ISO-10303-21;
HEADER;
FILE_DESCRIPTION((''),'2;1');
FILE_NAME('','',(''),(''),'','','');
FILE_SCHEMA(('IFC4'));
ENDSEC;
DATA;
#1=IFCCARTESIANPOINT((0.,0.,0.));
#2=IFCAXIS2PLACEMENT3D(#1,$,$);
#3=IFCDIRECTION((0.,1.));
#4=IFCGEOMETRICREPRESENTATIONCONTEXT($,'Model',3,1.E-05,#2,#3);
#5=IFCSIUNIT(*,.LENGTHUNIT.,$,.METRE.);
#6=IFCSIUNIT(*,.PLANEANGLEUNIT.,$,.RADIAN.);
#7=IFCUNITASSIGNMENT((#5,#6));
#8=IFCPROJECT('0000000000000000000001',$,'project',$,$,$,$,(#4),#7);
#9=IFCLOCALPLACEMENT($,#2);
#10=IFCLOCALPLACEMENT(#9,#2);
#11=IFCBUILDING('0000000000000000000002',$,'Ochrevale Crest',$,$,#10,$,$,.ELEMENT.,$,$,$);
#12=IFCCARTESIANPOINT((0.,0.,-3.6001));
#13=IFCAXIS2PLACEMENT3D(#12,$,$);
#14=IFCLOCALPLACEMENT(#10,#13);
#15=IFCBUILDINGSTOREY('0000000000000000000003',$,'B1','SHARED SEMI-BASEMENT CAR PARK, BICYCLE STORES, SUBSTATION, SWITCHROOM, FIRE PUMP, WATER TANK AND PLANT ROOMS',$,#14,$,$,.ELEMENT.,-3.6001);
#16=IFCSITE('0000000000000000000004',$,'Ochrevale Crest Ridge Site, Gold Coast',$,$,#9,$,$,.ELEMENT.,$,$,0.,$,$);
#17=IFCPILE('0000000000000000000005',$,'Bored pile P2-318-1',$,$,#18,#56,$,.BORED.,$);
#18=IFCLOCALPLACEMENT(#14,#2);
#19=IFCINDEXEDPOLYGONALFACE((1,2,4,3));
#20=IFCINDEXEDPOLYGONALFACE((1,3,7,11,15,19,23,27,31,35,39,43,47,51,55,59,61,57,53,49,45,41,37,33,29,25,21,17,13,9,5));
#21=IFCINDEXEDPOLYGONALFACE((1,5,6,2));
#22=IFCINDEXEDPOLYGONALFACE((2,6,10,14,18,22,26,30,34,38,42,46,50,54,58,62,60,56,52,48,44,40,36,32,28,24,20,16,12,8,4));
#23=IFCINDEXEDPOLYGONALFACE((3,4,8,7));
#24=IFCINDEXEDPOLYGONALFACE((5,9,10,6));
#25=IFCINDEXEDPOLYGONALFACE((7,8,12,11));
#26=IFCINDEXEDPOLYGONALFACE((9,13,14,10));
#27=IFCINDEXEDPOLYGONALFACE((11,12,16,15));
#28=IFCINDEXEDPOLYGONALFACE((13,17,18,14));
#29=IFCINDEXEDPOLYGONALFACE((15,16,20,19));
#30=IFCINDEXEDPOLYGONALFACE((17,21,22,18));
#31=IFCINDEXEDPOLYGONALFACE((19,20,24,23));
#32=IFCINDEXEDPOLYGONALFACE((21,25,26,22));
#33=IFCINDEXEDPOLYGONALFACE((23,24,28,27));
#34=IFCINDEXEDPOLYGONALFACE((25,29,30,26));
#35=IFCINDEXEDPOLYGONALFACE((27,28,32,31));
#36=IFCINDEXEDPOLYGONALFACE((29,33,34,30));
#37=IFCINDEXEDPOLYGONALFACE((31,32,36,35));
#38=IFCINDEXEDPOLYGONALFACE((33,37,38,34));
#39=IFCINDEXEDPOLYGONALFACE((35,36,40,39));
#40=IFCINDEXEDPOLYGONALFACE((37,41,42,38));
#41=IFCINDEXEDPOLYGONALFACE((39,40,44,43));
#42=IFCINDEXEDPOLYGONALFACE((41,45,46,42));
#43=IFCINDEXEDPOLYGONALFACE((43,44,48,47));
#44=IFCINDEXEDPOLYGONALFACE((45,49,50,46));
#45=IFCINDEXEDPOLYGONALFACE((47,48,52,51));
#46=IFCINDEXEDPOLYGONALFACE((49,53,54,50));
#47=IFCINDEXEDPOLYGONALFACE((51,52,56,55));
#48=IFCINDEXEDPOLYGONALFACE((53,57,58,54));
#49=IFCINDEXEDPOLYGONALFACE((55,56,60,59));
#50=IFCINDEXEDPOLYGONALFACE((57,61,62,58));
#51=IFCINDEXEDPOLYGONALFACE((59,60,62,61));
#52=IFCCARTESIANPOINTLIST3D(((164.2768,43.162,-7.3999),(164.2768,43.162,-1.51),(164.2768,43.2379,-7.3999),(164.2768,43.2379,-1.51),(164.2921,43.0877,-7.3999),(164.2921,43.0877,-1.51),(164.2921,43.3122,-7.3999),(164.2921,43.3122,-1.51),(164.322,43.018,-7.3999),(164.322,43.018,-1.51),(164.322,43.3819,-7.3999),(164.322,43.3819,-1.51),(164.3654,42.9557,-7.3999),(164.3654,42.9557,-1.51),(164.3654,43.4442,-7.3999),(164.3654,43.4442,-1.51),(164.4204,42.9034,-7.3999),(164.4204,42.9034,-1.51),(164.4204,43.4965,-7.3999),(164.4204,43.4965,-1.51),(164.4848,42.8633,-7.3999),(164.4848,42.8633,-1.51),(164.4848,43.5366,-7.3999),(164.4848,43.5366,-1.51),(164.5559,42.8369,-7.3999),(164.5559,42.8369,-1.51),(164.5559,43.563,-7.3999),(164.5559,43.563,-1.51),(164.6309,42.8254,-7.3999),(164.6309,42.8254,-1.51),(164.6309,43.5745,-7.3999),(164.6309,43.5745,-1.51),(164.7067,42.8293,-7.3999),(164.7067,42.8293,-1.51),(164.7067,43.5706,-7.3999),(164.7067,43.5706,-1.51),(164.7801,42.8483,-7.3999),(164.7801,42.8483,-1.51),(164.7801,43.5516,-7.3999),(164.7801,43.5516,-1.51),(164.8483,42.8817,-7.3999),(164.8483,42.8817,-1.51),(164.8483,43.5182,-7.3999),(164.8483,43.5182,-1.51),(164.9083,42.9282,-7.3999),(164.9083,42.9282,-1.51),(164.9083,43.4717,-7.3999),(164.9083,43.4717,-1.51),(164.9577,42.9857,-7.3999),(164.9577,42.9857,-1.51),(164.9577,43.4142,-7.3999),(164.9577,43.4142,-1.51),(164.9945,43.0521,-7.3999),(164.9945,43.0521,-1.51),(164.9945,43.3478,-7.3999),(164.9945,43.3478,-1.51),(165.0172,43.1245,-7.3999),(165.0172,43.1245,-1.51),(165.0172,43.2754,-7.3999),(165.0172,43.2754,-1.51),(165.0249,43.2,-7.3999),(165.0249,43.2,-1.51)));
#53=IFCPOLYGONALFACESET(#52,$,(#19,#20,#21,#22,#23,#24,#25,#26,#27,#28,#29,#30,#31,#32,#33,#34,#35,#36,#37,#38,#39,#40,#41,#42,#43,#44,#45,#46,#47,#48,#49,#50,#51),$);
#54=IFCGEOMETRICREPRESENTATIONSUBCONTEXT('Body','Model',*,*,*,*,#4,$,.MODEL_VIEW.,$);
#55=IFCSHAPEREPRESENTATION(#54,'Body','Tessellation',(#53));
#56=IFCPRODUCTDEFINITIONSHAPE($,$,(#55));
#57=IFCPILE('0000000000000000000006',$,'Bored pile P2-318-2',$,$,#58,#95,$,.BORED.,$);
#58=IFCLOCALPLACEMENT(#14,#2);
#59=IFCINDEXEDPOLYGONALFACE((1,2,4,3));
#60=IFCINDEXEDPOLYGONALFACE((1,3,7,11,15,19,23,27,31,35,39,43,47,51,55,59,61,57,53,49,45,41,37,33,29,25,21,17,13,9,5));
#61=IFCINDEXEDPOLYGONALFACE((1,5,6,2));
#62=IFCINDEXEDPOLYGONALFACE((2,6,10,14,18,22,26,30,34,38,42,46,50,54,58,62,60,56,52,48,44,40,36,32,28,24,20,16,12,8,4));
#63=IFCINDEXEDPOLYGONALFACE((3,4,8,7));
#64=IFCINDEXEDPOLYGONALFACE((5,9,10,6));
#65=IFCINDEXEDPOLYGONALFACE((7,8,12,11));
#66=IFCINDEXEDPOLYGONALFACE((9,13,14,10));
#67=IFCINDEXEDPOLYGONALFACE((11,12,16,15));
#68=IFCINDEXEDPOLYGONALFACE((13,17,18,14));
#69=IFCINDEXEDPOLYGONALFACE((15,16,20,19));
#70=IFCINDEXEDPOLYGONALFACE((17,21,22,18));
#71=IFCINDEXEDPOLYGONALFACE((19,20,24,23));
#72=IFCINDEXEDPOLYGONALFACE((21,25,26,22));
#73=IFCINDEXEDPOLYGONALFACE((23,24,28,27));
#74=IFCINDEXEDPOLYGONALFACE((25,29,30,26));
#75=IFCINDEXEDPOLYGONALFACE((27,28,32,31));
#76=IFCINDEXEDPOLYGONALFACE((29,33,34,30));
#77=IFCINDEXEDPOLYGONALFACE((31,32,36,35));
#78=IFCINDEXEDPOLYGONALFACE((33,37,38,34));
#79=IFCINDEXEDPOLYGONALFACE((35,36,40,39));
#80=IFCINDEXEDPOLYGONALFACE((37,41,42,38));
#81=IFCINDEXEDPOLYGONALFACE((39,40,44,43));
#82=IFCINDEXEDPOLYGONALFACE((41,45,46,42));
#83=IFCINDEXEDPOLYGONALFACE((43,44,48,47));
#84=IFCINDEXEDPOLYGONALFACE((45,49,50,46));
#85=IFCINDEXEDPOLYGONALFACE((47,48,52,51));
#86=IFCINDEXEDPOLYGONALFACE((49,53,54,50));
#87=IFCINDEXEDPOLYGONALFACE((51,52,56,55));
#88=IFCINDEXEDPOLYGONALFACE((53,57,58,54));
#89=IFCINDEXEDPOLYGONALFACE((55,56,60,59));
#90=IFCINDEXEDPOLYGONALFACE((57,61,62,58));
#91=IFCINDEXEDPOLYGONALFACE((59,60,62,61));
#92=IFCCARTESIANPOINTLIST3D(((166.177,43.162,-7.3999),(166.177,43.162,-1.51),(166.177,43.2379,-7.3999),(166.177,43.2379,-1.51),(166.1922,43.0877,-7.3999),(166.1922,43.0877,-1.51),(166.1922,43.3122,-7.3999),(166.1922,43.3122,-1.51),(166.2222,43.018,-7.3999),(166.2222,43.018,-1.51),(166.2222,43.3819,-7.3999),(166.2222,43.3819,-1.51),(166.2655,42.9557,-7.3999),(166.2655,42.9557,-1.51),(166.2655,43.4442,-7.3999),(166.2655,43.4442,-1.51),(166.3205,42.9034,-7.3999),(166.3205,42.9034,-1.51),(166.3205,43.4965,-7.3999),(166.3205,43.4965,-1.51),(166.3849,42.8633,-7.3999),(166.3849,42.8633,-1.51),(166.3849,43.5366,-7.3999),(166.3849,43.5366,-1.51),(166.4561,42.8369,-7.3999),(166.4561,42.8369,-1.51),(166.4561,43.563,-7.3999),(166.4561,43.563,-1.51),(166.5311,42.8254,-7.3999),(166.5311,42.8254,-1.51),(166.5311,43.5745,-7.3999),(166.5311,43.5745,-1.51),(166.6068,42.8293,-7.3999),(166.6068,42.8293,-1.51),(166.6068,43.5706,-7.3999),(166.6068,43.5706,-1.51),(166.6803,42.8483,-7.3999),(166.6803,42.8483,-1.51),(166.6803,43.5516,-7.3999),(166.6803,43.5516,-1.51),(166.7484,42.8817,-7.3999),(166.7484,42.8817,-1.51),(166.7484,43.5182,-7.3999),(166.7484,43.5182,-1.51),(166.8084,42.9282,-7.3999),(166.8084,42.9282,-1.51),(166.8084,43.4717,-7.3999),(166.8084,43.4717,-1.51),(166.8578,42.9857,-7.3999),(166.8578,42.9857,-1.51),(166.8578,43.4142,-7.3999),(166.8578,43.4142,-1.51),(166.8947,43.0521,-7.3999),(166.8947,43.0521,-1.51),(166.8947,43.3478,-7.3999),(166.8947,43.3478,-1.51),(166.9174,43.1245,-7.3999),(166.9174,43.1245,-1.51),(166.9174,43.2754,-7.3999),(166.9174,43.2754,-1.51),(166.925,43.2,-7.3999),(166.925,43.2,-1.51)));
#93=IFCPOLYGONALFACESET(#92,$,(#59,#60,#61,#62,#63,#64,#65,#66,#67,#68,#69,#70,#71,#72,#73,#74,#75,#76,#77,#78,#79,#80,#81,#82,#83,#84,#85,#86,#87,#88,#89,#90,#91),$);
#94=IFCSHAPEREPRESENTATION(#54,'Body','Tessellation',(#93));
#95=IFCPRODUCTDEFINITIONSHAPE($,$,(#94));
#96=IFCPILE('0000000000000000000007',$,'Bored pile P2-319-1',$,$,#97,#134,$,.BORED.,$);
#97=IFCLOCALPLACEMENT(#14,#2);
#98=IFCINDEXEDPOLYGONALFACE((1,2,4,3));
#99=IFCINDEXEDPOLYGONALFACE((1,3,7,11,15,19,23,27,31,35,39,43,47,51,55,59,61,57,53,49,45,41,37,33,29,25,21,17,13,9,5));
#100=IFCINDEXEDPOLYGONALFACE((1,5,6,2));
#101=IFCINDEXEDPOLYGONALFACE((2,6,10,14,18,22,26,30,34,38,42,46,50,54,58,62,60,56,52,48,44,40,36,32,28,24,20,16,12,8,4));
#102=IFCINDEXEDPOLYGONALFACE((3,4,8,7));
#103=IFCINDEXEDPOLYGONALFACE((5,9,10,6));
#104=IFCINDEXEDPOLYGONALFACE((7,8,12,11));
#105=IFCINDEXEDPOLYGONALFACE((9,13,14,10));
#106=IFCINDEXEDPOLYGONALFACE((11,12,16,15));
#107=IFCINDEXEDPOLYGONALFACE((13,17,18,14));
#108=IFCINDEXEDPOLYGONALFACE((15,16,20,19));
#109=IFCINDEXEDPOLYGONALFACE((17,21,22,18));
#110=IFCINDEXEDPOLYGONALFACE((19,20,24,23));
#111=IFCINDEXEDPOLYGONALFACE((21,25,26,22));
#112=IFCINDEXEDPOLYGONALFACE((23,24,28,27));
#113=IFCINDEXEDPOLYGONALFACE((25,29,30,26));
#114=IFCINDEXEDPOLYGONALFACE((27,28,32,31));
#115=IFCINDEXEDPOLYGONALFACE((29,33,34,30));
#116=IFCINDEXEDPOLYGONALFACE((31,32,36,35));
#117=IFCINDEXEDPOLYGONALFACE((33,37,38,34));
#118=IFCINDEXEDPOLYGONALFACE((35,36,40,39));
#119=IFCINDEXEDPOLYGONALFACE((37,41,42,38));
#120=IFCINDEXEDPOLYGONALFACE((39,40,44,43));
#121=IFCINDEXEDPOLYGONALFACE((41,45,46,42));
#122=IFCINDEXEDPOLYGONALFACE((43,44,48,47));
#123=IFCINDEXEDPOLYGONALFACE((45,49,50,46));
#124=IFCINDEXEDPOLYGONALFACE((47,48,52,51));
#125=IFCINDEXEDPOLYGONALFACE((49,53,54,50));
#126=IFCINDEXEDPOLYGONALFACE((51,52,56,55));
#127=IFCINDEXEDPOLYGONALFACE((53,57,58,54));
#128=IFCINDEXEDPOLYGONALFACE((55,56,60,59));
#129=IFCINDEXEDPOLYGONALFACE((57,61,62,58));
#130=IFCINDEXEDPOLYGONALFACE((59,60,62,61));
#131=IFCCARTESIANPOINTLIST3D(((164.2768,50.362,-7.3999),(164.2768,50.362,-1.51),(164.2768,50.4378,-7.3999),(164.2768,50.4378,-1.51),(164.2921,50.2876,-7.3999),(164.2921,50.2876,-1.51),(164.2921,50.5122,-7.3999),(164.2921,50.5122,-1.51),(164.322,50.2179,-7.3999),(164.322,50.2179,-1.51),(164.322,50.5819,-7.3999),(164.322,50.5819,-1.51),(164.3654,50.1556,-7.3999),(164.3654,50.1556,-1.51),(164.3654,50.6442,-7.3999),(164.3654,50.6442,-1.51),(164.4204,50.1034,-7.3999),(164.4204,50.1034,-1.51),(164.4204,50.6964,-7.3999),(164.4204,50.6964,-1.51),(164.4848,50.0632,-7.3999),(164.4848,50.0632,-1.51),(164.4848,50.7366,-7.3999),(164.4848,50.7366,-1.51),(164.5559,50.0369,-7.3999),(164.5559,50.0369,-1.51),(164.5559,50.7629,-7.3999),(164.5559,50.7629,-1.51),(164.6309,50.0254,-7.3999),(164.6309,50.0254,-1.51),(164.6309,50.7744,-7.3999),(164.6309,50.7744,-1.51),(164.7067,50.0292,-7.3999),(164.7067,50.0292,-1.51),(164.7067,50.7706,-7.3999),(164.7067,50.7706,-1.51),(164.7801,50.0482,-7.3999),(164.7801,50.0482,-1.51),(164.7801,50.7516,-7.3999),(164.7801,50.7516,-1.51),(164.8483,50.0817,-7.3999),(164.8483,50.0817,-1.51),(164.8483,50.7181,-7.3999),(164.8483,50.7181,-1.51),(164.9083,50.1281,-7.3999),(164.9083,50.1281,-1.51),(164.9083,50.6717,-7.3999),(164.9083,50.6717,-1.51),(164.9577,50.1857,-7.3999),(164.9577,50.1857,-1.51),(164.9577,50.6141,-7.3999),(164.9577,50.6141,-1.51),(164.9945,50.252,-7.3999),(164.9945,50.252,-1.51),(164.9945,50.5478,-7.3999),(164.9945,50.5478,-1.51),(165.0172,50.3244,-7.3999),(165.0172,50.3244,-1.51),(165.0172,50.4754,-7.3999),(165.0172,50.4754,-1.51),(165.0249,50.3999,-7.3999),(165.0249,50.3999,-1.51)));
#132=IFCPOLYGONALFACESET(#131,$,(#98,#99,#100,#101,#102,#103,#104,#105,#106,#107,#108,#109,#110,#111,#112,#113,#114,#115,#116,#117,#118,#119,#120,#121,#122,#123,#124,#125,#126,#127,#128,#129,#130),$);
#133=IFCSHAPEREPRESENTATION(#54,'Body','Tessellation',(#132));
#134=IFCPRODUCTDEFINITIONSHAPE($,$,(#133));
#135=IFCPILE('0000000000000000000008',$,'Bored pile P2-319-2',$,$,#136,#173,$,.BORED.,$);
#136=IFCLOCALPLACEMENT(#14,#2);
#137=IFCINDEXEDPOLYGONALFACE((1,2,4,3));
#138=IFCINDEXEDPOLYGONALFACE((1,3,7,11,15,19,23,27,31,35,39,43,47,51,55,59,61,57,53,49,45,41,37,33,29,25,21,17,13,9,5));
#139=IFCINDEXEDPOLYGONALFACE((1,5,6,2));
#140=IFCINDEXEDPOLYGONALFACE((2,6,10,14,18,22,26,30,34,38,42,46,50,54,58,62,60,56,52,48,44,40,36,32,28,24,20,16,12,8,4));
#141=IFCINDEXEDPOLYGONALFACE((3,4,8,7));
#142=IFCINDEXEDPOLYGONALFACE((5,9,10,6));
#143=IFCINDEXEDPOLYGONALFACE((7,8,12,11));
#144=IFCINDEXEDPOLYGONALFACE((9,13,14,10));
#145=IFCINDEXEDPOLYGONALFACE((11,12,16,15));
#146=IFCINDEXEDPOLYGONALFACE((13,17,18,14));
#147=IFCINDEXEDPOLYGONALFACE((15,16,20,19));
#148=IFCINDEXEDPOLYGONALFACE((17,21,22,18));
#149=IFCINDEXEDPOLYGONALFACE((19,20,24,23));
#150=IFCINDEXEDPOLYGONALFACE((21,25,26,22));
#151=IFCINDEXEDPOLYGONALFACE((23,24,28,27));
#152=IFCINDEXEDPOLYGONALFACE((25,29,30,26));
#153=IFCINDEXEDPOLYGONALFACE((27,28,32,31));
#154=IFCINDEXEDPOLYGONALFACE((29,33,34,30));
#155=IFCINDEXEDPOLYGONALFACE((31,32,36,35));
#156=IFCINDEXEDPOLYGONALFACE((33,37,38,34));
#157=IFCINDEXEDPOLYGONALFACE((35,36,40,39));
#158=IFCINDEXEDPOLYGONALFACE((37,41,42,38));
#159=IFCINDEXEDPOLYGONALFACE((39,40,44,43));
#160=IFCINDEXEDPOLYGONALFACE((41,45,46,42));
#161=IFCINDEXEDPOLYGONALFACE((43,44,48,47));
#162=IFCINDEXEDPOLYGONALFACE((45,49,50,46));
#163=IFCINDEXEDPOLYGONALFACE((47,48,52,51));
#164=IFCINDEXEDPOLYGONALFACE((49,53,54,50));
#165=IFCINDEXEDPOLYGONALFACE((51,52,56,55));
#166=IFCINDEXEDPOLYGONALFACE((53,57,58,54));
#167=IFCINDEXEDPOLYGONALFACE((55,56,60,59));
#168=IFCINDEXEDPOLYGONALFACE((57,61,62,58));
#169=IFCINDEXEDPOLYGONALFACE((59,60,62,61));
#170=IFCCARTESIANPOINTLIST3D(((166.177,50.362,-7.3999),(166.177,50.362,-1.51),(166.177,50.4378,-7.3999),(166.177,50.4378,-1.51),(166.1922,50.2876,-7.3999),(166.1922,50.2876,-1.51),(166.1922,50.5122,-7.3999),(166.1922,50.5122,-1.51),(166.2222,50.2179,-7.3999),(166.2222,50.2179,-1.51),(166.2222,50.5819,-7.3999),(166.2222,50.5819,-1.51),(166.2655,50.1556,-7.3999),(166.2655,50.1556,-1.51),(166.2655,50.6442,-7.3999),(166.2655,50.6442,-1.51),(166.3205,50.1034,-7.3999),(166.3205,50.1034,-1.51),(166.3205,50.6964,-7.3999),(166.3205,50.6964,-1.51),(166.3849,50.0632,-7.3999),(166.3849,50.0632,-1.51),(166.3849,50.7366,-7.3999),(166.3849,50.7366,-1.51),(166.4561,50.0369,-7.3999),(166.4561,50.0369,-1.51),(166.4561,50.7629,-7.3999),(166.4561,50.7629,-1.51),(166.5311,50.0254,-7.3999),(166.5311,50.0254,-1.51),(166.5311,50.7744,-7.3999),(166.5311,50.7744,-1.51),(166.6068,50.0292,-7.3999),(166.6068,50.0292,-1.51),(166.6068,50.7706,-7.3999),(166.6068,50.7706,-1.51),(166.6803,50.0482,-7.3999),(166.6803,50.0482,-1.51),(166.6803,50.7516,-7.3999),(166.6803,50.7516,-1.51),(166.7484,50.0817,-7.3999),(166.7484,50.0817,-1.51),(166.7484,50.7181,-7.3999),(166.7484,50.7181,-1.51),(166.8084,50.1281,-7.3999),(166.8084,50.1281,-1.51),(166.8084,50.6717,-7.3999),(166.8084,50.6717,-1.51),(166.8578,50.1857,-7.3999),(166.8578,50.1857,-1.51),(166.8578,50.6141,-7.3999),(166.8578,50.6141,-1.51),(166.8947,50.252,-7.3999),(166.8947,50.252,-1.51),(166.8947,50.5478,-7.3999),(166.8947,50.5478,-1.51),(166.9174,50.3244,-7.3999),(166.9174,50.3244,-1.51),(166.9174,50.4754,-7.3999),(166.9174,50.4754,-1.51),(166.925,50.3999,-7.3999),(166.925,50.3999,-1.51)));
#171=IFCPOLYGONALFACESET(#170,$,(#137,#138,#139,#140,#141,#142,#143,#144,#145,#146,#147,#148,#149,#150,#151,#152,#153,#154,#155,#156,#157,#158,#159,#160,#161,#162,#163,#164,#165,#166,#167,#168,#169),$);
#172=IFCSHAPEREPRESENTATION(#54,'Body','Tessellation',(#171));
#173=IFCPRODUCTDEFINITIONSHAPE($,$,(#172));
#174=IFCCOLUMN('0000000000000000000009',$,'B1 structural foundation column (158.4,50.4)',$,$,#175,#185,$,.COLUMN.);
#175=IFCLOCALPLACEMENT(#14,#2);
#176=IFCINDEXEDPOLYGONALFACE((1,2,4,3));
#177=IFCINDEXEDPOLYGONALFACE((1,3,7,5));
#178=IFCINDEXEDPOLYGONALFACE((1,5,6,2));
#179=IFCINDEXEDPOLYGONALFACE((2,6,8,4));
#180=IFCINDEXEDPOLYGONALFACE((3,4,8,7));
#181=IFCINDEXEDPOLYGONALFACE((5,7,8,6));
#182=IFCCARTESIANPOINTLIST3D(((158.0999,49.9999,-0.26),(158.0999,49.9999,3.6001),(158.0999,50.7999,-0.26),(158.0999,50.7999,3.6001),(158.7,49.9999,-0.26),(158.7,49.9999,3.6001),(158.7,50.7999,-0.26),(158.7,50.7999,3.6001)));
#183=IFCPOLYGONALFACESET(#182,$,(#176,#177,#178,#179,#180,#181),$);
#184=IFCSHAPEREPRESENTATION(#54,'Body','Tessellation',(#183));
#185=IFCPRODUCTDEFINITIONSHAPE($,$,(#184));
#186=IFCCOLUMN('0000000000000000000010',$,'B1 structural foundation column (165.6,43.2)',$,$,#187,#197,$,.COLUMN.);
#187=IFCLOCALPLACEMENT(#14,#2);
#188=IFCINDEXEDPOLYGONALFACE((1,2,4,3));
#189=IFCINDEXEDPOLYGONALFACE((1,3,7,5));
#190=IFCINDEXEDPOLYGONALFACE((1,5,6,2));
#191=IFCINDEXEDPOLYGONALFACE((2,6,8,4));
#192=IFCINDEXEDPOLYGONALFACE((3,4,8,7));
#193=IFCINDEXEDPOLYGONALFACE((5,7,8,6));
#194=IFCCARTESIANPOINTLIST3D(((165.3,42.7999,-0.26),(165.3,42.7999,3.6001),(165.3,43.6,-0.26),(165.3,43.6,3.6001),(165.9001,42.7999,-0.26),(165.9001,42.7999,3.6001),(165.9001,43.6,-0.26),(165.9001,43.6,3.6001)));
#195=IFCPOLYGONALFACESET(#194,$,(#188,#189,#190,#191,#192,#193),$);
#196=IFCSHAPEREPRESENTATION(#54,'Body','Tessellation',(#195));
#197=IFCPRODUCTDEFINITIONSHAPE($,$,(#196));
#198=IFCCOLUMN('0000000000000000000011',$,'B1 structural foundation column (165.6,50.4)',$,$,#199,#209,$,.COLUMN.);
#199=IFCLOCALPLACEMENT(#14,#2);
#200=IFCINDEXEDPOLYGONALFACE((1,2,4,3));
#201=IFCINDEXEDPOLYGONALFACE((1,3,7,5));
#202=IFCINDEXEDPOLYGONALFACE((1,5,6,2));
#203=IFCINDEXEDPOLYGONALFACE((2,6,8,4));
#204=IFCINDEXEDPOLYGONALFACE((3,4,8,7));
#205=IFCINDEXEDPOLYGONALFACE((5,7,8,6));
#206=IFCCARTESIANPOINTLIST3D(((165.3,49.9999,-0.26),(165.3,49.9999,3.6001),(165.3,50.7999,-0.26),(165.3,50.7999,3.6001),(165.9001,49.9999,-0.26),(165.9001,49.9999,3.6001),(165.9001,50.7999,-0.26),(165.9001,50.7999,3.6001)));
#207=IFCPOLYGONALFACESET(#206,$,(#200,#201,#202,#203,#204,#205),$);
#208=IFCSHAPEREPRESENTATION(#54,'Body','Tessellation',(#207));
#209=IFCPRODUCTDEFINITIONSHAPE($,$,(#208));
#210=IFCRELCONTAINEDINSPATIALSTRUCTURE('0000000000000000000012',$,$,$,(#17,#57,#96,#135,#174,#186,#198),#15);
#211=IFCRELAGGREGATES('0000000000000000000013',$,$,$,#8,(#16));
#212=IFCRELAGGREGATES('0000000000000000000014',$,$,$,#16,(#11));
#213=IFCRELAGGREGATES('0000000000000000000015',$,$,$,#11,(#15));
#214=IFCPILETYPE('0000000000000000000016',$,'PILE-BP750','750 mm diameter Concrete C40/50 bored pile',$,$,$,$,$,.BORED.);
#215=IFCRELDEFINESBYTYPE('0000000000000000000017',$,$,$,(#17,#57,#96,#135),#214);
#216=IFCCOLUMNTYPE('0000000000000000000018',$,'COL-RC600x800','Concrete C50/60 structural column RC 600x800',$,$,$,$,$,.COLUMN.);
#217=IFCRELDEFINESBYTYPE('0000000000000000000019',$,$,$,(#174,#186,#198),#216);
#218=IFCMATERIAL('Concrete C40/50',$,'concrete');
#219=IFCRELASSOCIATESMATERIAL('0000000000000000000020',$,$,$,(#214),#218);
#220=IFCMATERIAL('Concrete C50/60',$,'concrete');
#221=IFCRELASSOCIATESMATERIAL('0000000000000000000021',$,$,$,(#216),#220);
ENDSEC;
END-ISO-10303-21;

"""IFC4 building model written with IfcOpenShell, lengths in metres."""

from ifc_helpers import new_model, si_unit, direction, frame, origin, origin_2d, place, context, subcontext, project, spatial, rectangle, circle, extrude, material, material_profile, profile_set, type_object, element, save


model = new_model("IFC4")

# Units and contexts
model_context = context("Model", 3, precision=1e-05, world=origin(), true_north=direction((0.0, 1.0)))
body_context = subcontext(model_context, "Body", "Model", "MODEL_VIEW")
ifc_project = project(units=[si_unit("LENGTHUNIT", "METRE"), si_unit("PLANEANGLEUNIT", "RADIAN")], contexts=[model_context])

# Site, building, storey
site_placement = place(None, origin())
site = spatial("IfcSite", under=ifc_project, at=site_placement, Name="Ochrevale Crest Ridge Site, Gold Coast", CompositionType="ELEMENT", RefElevation=0.0)
building_placement = place(site_placement, origin())
building = spatial("IfcBuilding", under=site, at=building_placement, Name="Ochrevale Crest", CompositionType="ELEMENT")
storey_placement = place(building_placement, frame((0.0, 0.0, -3.6001)))
storey = spatial("IfcBuildingStorey", under=building, at=storey_placement, Name="B1", Description="SHARED SEMI-BASEMENT CAR PARK, BICYCLE STORES, SUBSTATION, SWITCHROOM, FIRE PUMP, WATER TANK AND PLANT ROOMS", CompositionType="ELEMENT", Elevation=-3.6001)

# Shared definitions
ifc_material_1 = material(Name="Concrete C40/50", Category="concrete")

# Piles
ifc_material_profile_1 = material_profile(ifc_material_1, circle(Radius=0.375, at=origin_2d()), Name="BORED PILE 750")
ifc_profile_set_1 = profile_set([ifc_material_profile_1], Name="Concrete C40/50")
pile_type = type_object("IfcPileType", Name="PILE-BP750", Description="750 mm diameter Concrete C40/50 bored pile", PredefinedType="BORED", material=ifc_profile_set_1)
for number, where, z_axis, x_axis, name in (
    (1, (164.6499, 43.2, -1.51), (0.0, 0.0, -1.0), (1.0, 0.0, 0.0), "Bored pile P2-318-1"),
    (2, (166.55, 43.2, -1.51), (0.0, 0.0, -1.0), (1.0, 0.0, 0.0), "Bored pile P2-318-2"),
    (3, (164.6499, 50.3999, -1.51), (0.0, 0.0, -1.0), (1.0, 0.0, 0.0), "Bored pile P2-319-1"),
    (4, (166.55, 50.3999, -1.51), (0.0, 0.0, -1.0), (1.0, 0.0, 0.0), "Bored pile P2-319-2"),
):
    element("IfcPile", number, at=place(storey_placement, frame(where, z_axis=z_axis, x_axis=x_axis)), inside=storey, type_object=pile_type, Name=name, PredefinedType="BORED", context=body_context, shape_type="SweptSolid", body=[
        extrude(circle(Radius=0.375, at=origin_2d()), origin(), (0.0, 0.0, 1.0), 5.8899),
    ])

# Columns
ifc_material_2 = material(Name="Concrete C50/60", Category="concrete")
ifc_material_profile_2 = material_profile(ifc_material_2, rectangle(XDim=0.6001, YDim=0.8, at=origin_2d()), Name="RC 600x800")
ifc_profile_set_2 = profile_set([ifc_material_profile_2], Name="Concrete C50/60")
column_type = type_object("IfcColumnType", Name="COL-RC600x800", Description="Concrete C50/60 structural column RC 600x800", PredefinedType="COLUMN", material=ifc_profile_set_2)
for number, where, z_axis, x_axis, name in (
    (5, (158.3999, 50.3999, -0.26), (0.0, 0.0, 1.0), (1.0, 0.0, 0.0), "B1 structural foundation column (158.4,50.4)"),
    (6, (165.6001, 43.2, -0.26), (0.0, 0.0, 1.0), (1.0, 0.0, 0.0), "B1 structural foundation column (165.6,43.2)"),
    (7, (165.6001, 50.3999, -0.26), (0.0, 0.0, 1.0), (1.0, 0.0, 0.0), "B1 structural foundation column (165.6,50.4)"),
):
    element("IfcColumn", number, at=place(storey_placement, frame(where, z_axis=z_axis, x_axis=x_axis)), inside=storey, type_object=column_type, Name=name, PredefinedType="COLUMN", context=body_context, shape_type="SweptSolid", body=[
        extrude(rectangle(XDim=0.6001, YDim=0.8, at=origin_2d()), origin(), (0.0, 0.0, 1.0), 3.8601),
    ])

save(model, "model.ifc")
